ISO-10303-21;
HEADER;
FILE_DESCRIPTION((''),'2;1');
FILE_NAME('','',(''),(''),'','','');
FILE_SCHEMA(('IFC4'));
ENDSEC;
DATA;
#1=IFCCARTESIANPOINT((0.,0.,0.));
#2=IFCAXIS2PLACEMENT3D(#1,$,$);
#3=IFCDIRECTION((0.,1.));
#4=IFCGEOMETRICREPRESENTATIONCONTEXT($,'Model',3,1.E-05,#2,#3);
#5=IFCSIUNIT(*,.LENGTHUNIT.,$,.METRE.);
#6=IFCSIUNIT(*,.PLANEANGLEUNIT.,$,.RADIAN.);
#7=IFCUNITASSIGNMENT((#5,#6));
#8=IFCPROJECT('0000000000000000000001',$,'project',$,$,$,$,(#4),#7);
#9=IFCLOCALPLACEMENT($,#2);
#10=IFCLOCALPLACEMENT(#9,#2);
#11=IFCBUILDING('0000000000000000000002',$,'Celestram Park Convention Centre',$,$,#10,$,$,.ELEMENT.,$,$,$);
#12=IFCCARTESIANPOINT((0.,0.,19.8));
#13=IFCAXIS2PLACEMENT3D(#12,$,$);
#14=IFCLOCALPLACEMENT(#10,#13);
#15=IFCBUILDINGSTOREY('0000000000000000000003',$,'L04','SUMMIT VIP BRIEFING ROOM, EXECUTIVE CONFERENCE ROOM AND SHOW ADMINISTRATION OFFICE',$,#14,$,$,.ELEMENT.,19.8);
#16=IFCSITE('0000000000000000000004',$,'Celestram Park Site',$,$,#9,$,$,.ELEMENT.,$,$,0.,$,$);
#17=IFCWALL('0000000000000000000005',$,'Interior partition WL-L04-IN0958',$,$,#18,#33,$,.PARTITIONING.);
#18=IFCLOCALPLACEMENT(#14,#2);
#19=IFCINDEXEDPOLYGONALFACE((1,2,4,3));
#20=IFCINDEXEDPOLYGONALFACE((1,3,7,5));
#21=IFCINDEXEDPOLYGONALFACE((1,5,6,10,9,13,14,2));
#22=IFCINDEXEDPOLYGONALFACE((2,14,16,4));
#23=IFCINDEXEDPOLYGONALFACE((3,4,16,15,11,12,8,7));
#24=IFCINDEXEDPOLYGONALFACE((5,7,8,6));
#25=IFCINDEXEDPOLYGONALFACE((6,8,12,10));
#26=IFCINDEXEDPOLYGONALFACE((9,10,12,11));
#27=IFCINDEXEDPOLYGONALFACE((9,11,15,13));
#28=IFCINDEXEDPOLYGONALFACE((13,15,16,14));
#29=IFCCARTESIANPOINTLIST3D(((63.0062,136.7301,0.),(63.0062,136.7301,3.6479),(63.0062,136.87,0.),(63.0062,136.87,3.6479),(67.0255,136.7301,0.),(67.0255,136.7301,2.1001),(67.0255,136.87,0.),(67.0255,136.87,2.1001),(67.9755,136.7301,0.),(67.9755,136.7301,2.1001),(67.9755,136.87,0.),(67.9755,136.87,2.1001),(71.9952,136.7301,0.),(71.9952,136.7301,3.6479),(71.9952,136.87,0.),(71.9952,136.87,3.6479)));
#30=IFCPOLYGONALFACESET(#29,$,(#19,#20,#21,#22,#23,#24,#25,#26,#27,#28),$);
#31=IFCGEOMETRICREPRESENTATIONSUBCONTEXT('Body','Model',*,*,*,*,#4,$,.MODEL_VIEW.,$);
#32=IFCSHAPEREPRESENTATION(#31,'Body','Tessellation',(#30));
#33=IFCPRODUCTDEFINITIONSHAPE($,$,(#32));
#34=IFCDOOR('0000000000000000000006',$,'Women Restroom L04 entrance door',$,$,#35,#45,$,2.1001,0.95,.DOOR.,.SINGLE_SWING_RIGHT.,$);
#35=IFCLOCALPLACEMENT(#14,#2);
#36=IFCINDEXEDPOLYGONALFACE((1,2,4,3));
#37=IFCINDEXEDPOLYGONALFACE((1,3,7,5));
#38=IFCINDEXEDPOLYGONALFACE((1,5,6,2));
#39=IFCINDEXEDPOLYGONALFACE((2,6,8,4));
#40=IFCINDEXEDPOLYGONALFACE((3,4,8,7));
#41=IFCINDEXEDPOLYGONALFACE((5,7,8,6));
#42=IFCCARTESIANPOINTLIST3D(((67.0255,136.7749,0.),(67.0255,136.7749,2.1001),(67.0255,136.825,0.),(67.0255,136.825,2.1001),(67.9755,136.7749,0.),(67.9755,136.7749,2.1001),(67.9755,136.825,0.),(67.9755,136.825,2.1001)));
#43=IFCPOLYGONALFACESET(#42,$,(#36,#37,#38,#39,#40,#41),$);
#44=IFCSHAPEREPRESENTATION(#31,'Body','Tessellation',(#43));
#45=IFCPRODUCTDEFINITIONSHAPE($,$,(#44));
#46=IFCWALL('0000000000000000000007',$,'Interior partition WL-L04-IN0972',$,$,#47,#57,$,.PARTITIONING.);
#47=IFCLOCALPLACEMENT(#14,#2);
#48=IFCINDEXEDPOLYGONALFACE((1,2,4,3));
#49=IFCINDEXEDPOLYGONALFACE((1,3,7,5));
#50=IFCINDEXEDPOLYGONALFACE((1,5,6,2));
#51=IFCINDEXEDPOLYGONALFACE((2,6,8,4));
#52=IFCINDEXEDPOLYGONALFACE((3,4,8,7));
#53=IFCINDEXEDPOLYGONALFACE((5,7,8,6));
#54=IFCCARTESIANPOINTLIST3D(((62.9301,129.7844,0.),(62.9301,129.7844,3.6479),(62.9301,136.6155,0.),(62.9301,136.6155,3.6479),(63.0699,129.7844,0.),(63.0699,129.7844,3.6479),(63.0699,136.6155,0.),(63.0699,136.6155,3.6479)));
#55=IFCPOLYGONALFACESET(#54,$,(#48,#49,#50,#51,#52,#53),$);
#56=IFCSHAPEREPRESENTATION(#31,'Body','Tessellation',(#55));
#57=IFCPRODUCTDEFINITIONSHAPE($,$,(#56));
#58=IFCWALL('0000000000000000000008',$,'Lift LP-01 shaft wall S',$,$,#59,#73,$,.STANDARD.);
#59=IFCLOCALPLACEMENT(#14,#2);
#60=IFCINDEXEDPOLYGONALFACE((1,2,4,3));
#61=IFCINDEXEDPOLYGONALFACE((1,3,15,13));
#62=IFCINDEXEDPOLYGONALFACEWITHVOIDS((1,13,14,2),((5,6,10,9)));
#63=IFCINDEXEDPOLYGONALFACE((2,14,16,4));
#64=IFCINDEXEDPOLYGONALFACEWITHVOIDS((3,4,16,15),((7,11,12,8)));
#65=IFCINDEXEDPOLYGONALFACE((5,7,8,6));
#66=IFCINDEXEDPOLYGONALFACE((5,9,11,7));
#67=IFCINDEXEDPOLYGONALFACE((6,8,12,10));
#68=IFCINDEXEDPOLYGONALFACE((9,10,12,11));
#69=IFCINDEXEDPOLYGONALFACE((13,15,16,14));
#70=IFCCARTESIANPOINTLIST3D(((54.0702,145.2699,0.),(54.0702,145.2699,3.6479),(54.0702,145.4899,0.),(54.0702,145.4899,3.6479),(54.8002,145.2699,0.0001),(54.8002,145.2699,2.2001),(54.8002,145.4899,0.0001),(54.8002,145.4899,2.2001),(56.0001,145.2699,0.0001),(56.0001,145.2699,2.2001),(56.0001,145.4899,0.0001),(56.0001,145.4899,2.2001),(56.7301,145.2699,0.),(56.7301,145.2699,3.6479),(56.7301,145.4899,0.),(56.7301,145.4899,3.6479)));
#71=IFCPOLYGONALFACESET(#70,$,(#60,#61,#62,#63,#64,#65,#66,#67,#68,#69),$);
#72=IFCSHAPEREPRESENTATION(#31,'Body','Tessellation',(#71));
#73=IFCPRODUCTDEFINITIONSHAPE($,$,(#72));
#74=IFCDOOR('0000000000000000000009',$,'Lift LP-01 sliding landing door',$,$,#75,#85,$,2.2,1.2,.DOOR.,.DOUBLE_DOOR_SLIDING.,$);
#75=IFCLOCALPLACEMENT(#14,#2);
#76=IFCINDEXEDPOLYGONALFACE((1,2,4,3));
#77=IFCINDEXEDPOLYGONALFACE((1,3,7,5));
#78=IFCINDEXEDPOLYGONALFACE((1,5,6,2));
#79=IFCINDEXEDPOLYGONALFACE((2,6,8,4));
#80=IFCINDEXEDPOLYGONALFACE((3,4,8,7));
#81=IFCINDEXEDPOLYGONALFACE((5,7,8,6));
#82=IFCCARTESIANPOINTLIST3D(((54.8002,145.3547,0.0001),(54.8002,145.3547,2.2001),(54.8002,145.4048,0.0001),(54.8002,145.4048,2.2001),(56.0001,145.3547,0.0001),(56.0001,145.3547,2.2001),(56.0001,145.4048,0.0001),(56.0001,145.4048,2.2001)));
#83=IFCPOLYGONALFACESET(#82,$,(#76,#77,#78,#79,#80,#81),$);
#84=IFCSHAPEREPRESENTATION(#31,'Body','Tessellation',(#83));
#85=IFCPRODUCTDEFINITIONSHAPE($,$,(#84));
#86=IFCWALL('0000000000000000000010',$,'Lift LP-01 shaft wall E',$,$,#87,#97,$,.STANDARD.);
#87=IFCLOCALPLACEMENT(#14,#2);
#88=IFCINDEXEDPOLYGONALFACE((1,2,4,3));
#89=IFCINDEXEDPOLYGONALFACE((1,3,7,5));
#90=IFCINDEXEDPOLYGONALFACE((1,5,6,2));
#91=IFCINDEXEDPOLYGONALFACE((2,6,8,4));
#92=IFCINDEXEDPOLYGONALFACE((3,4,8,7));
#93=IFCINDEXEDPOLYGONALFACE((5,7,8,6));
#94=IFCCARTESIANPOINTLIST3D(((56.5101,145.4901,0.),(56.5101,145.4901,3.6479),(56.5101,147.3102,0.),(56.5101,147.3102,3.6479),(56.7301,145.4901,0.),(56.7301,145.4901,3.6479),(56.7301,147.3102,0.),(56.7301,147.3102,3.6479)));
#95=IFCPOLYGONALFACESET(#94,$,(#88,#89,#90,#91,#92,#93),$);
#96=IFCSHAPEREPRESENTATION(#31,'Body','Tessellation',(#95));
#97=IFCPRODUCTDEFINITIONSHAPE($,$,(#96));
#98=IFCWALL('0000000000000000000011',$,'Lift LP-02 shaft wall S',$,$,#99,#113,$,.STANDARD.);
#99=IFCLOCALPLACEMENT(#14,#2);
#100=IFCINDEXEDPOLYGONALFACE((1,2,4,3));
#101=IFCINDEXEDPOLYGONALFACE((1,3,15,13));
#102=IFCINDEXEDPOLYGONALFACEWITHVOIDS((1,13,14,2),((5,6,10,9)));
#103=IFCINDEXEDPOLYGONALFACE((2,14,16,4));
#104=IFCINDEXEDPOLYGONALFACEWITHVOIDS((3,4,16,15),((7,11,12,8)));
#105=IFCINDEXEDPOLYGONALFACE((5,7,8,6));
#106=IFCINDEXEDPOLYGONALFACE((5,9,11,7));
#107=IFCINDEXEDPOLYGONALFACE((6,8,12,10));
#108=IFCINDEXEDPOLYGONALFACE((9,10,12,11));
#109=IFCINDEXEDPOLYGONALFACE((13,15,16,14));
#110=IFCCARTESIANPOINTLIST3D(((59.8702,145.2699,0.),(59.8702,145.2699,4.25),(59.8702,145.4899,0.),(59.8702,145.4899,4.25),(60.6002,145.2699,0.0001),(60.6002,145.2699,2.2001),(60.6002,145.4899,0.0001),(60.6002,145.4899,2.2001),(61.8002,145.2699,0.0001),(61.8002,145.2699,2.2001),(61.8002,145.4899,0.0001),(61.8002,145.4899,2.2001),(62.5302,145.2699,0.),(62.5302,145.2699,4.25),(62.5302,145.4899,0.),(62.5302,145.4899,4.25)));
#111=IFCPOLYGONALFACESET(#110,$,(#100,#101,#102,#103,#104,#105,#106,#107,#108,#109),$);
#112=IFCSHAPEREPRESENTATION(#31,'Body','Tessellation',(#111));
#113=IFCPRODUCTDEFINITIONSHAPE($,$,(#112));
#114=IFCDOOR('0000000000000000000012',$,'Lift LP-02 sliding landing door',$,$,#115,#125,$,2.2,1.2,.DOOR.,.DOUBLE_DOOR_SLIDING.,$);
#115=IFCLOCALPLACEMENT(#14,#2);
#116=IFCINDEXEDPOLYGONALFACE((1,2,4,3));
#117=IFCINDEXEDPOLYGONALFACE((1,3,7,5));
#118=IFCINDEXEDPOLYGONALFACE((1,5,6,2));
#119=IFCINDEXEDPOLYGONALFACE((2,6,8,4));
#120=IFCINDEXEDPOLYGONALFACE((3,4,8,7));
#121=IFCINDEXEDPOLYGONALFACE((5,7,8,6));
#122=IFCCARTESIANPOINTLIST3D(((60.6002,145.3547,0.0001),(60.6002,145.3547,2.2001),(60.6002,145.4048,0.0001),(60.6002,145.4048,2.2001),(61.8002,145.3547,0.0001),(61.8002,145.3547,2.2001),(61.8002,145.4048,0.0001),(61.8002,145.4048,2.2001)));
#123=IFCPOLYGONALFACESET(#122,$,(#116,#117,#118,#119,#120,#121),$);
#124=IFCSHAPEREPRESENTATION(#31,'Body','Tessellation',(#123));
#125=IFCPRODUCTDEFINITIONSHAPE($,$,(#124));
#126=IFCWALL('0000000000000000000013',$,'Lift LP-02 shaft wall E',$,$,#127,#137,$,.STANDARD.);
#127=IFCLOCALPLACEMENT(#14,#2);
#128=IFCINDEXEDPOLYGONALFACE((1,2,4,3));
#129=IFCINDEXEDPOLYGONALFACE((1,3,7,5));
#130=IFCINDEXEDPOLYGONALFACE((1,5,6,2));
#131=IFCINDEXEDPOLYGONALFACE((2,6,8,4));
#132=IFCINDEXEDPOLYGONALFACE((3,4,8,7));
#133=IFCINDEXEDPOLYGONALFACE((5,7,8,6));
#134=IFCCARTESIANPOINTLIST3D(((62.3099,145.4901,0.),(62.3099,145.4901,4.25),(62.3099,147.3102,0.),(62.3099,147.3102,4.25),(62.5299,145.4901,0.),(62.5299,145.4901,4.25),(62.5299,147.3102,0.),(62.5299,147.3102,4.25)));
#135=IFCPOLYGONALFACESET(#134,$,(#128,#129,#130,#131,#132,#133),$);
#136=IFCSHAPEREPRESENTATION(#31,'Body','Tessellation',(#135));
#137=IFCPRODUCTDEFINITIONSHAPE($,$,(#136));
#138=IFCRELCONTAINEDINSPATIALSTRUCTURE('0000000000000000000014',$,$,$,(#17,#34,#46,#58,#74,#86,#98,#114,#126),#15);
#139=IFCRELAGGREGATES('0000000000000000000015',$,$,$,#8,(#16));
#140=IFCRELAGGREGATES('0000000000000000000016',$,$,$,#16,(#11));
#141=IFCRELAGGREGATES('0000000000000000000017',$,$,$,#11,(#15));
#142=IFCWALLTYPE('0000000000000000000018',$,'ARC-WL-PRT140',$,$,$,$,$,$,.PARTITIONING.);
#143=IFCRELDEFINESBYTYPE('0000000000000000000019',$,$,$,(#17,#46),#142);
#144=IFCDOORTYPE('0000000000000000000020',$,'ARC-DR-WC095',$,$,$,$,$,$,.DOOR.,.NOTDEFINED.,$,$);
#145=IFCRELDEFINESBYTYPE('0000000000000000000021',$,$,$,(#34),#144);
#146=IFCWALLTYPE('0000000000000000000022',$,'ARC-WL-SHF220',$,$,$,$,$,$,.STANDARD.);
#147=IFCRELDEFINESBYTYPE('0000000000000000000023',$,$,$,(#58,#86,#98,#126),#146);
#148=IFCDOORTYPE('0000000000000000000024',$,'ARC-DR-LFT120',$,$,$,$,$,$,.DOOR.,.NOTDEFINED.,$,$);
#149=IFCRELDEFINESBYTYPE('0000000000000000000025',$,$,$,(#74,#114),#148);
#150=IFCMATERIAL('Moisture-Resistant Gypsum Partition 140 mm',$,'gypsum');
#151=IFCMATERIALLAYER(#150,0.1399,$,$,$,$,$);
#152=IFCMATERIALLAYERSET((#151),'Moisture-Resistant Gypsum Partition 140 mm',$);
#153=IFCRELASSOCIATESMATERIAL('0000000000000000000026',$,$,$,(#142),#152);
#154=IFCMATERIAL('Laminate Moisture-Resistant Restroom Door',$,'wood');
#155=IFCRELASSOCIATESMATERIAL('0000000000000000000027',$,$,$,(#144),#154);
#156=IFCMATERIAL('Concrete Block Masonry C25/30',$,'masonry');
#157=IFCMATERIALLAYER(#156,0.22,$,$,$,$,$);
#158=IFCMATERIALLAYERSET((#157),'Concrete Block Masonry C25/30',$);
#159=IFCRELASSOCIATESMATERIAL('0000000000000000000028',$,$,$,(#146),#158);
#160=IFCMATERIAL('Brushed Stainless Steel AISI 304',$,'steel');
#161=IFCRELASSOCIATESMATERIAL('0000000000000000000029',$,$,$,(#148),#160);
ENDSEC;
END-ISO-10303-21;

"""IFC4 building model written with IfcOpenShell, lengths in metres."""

from ifc_helpers import new_model, si_unit, direction, frame, frame_2d, origin, place, context, subcontext, project, spatial, rectangle, extrude, material, layer, layer_set, type_object, element, fill, save


model = new_model("IFC4")

# Units and contexts
model_context = context("Model", 3, precision=1e-05, world=origin(), true_north=direction((0.0, 1.0)))
body_context = subcontext(model_context, "Body", "Model", "MODEL_VIEW")
ifc_project = project(units=[si_unit("LENGTHUNIT", "METRE"), si_unit("PLANEANGLEUNIT", "RADIAN")], contexts=[model_context])

# Site, building, storey
site_placement = place(None, origin())
site = spatial("IfcSite", under=ifc_project, at=site_placement, Name="Celestram Park Site", CompositionType="ELEMENT", RefElevation=0.0)
building_placement = place(site_placement, origin())
building = spatial("IfcBuilding", under=site, at=building_placement, Name="Celestram Park Convention Centre", CompositionType="ELEMENT")
storey_placement = place(building_placement, frame((0.0, 0.0, 19.8)))
storey = spatial("IfcBuildingStorey", under=building, at=storey_placement, Name="L04", Description="SUMMIT VIP BRIEFING ROOM, EXECUTIVE CONFERENCE ROOM AND SHOW ADMINISTRATION OFFICE", CompositionType="ELEMENT", Elevation=19.8)

# Shared definitions
ifc_material_1 = material(Name="Moisture-Resistant Gypsum Partition 140 mm", Category="gypsum")
ifc_layer_1 = layer(ifc_material_1, 0.1399)
ifc_layer_set_1 = layer_set([ifc_layer_1], Name="Moisture-Resistant Gypsum Partition 140 mm")
wall_type_1 = type_object("IfcWallType", Name="ARC-WL-PRT140", PredefinedType="PARTITIONING", material=ifc_layer_set_1)

# Wall, opening, door
ifc_material_2 = material(Name="Laminate Moisture-Resistant Restroom Door", Category="wood")
door_type_1 = type_object("IfcDoorType", Name="ARC-DR-WC095", OperationType="NOTDEFINED", PredefinedType="DOOR", material=ifc_material_2)
wall_1_placement = place(storey_placement, frame((63.0061, 136.8, 0.0), z_axis=(0.0, 0.0, 1.0), x_axis=(1.0, 0.0, 0.0)))
wall_1 = element("IfcWall", 1, at=wall_1_placement, inside=storey, type_object=wall_type_1, Name="Interior partition WL-L04-IN0958", PredefinedType="PARTITIONING", context=body_context, shape_type="SweptSolid", body=[
    extrude(rectangle(XDim=8.989, YDim=0.1399, at=frame_2d((4.4946, 0.0))), origin(), (0.0, 0.0, 1.0), 3.6479),
])
opening_1_placement = place(wall_1_placement, frame((4.0193, 0.0, 0.0)))
opening_1 = element("IfcOpeningElement", 2, at=opening_1_placement, cuts=wall_1, PredefinedType="OPENING", context=body_context, shape_type="SweptSolid", body=[
    extrude(rectangle(XDim=0.95, YDim=2.1001, at=frame_2d((0.4751, 1.05))), frame((0.0, 0.0798, 0.0), z_axis=(0.0, -1.0, 0.0), x_axis=(1.0, 0.0, 0.0)), (0.0, 0.0, 1.0), 0.1599),
])
door_1_placement = place(opening_1_placement, origin())
door_1 = element("IfcDoor", 3, at=door_1_placement, inside=storey, type_object=door_type_1, Name="Women Restroom L04 entrance door", OperationType="SINGLE_SWING_RIGHT", OverallHeight=2.1001, OverallWidth=0.95, PredefinedType="DOOR", context=body_context, shape_type="SweptSolid", body=[
    extrude(rectangle(XDim=0.95, YDim=2.1001, at=frame_2d((0.4751, 1.05))), frame((0.0, 0.0249, 0.0), z_axis=(0.0, -1.0, 0.0), x_axis=(1.0, 0.0, 0.0)), (0.0, 0.0, 1.0), 0.05),
])
fill(opening_1, door_1)

# Wall
wall_2_placement = place(storey_placement, frame((63.0, 129.7844, 0.0), z_axis=(0.0, 0.0, 1.0), x_axis=(0.0, 1.0, 0.0)))
element("IfcWall", 4, at=wall_2_placement, inside=storey, type_object=wall_type_1, Name="Interior partition WL-L04-IN0972", PredefinedType="PARTITIONING", context=body_context, shape_type="SweptSolid", body=[
    extrude(rectangle(XDim=6.8311, YDim=0.1399, at=frame_2d((3.4155, 0.0))), origin(), (0.0, 0.0, 1.0), 3.6479),
])

# Wall, opening, door
ifc_material_3 = material(Name="Concrete Block Masonry C25/30", Category="masonry")
ifc_layer_2 = layer(ifc_material_3, 0.22)
ifc_layer_set_2 = layer_set([ifc_layer_2], Name="Concrete Block Masonry C25/30")
wall_type_2 = type_object("IfcWallType", Name="ARC-WL-SHF220", PredefinedType="STANDARD", material=ifc_layer_set_2)
wall_3_placement = place(storey_placement, frame((54.0701, 145.3799, 0.0), z_axis=(0.0, 0.0, 1.0), x_axis=(1.0, 0.0, 0.0)))
wall_3 = element("IfcWall", 5, at=wall_3_placement, inside=storey, type_object=wall_type_2, Name="Lift LP-01 shaft wall S", PredefinedType="STANDARD", context=body_context, shape_type="SweptSolid", body=[
    extrude(rectangle(XDim=2.6599, YDim=0.22, at=frame_2d((1.3301, 0.0))), origin(), (0.0, 0.0, 1.0), 3.6479),
])
opening_2_placement = place(wall_3_placement, frame((0.73, 0.0, 0.0)))
opening_2 = element("IfcOpeningElement", 6, at=opening_2_placement, cuts=wall_3, PredefinedType="OPENING", context=body_context, shape_type="SweptSolid", body=[
    extrude(rectangle(XDim=1.2, YDim=2.2, at=frame_2d((0.6001, 1.1001))), frame((0.0, 0.1199, 0.0), z_axis=(0.0, -1.0, 0.0), x_axis=(1.0, 0.0, 0.0)), (0.0, 0.0, 1.0), 0.24),
])
ifc_material_4 = material(Name="Brushed Stainless Steel AISI 304", Category="steel")
door_type_2 = type_object("IfcDoorType", Name="ARC-DR-LFT120", OperationType="NOTDEFINED", PredefinedType="DOOR", material=ifc_material_4)
door_2_placement = place(opening_2_placement, origin())
door_2 = element("IfcDoor", 7, at=door_2_placement, inside=storey, type_object=door_type_2, Name="Lift LP-01 sliding landing door", OperationType="DOUBLE_DOOR_SLIDING", OverallHeight=2.2, OverallWidth=1.2, PredefinedType="DOOR", context=body_context, shape_type="SweptSolid", body=[
    extrude(rectangle(XDim=1.2, YDim=2.2, at=frame_2d((0.6001, 1.1001))), frame((0.0, 0.0249, 0.0), z_axis=(0.0, -1.0, 0.0), x_axis=(1.0, 0.0, 0.0)), (0.0, 0.0, 1.0), 0.05),
])
fill(opening_2, door_2)

# Wall
wall_4_placement = place(storey_placement, frame((56.6201, 145.49, 0.0), z_axis=(0.0, 0.0, 1.0), x_axis=(0.0, 1.0, 0.0)))
element("IfcWall", 8, at=wall_4_placement, inside=storey, type_object=wall_type_2, Name="Lift LP-01 shaft wall E", PredefinedType="STANDARD", context=body_context, shape_type="SweptSolid", body=[
    extrude(rectangle(XDim=1.8201, YDim=0.22, at=frame_2d((0.9102, 0.0))), origin(), (0.0, 0.0, 1.0), 3.6479),
])

# Wall, opening, door
wall_5_placement = place(storey_placement, frame((59.8701, 145.3799, 0.0), z_axis=(0.0, 0.0, 1.0), x_axis=(1.0, 0.0, 0.0)))
wall_5 = element("IfcWall", 9, at=wall_5_placement, inside=storey, type_object=wall_type_2, Name="Lift LP-02 shaft wall S", PredefinedType="STANDARD", context=body_context, shape_type="SweptSolid", body=[
    extrude(rectangle(XDim=2.6599, YDim=0.22, at=frame_2d((1.3301, 0.0))), origin(), (0.0, 0.0, 1.0), 4.25),
])
opening_3_placement = place(wall_5_placement, frame((0.73, 0.0, 0.0)))
opening_3 = element("IfcOpeningElement", 10, at=opening_3_placement, cuts=wall_5, PredefinedType="OPENING", context=body_context, shape_type="SweptSolid", body=[
    extrude(rectangle(XDim=1.2, YDim=2.2, at=frame_2d((0.6001, 1.1001))), frame((0.0, 0.1199, 0.0), z_axis=(0.0, -1.0, 0.0), x_axis=(1.0, 0.0, 0.0)), (0.0, 0.0, 1.0), 0.24),
])
door_3_placement = place(opening_3_placement, origin())
door_3 = element("IfcDoor", 11, at=door_3_placement, inside=storey, type_object=door_type_2, Name="Lift LP-02 sliding landing door", OperationType="DOUBLE_DOOR_SLIDING", OverallHeight=2.2, OverallWidth=1.2, PredefinedType="DOOR", context=body_context, shape_type="SweptSolid", body=[
    extrude(rectangle(XDim=1.2, YDim=2.2, at=frame_2d((0.6001, 1.1001))), frame((0.0, 0.0249, 0.0), z_axis=(0.0, -1.0, 0.0), x_axis=(1.0, 0.0, 0.0)), (0.0, 0.0, 1.0), 0.05),
])
fill(opening_3, door_3)

# Wall
wall_6_placement = place(storey_placement, frame((62.4199, 145.49, 0.0), z_axis=(0.0, 0.0, 1.0), x_axis=(0.0, 1.0, 0.0)))
element("IfcWall", 12, at=wall_6_placement, inside=storey, type_object=wall_type_2, Name="Lift LP-02 shaft wall E", PredefinedType="STANDARD", context=body_context, shape_type="SweptSolid", body=[
    extrude(rectangle(XDim=1.8201, YDim=0.22, at=frame_2d((0.9102, 0.0))), origin(), (0.0, 0.0, 1.0), 4.25),
])

save(model, "model.ifc")
